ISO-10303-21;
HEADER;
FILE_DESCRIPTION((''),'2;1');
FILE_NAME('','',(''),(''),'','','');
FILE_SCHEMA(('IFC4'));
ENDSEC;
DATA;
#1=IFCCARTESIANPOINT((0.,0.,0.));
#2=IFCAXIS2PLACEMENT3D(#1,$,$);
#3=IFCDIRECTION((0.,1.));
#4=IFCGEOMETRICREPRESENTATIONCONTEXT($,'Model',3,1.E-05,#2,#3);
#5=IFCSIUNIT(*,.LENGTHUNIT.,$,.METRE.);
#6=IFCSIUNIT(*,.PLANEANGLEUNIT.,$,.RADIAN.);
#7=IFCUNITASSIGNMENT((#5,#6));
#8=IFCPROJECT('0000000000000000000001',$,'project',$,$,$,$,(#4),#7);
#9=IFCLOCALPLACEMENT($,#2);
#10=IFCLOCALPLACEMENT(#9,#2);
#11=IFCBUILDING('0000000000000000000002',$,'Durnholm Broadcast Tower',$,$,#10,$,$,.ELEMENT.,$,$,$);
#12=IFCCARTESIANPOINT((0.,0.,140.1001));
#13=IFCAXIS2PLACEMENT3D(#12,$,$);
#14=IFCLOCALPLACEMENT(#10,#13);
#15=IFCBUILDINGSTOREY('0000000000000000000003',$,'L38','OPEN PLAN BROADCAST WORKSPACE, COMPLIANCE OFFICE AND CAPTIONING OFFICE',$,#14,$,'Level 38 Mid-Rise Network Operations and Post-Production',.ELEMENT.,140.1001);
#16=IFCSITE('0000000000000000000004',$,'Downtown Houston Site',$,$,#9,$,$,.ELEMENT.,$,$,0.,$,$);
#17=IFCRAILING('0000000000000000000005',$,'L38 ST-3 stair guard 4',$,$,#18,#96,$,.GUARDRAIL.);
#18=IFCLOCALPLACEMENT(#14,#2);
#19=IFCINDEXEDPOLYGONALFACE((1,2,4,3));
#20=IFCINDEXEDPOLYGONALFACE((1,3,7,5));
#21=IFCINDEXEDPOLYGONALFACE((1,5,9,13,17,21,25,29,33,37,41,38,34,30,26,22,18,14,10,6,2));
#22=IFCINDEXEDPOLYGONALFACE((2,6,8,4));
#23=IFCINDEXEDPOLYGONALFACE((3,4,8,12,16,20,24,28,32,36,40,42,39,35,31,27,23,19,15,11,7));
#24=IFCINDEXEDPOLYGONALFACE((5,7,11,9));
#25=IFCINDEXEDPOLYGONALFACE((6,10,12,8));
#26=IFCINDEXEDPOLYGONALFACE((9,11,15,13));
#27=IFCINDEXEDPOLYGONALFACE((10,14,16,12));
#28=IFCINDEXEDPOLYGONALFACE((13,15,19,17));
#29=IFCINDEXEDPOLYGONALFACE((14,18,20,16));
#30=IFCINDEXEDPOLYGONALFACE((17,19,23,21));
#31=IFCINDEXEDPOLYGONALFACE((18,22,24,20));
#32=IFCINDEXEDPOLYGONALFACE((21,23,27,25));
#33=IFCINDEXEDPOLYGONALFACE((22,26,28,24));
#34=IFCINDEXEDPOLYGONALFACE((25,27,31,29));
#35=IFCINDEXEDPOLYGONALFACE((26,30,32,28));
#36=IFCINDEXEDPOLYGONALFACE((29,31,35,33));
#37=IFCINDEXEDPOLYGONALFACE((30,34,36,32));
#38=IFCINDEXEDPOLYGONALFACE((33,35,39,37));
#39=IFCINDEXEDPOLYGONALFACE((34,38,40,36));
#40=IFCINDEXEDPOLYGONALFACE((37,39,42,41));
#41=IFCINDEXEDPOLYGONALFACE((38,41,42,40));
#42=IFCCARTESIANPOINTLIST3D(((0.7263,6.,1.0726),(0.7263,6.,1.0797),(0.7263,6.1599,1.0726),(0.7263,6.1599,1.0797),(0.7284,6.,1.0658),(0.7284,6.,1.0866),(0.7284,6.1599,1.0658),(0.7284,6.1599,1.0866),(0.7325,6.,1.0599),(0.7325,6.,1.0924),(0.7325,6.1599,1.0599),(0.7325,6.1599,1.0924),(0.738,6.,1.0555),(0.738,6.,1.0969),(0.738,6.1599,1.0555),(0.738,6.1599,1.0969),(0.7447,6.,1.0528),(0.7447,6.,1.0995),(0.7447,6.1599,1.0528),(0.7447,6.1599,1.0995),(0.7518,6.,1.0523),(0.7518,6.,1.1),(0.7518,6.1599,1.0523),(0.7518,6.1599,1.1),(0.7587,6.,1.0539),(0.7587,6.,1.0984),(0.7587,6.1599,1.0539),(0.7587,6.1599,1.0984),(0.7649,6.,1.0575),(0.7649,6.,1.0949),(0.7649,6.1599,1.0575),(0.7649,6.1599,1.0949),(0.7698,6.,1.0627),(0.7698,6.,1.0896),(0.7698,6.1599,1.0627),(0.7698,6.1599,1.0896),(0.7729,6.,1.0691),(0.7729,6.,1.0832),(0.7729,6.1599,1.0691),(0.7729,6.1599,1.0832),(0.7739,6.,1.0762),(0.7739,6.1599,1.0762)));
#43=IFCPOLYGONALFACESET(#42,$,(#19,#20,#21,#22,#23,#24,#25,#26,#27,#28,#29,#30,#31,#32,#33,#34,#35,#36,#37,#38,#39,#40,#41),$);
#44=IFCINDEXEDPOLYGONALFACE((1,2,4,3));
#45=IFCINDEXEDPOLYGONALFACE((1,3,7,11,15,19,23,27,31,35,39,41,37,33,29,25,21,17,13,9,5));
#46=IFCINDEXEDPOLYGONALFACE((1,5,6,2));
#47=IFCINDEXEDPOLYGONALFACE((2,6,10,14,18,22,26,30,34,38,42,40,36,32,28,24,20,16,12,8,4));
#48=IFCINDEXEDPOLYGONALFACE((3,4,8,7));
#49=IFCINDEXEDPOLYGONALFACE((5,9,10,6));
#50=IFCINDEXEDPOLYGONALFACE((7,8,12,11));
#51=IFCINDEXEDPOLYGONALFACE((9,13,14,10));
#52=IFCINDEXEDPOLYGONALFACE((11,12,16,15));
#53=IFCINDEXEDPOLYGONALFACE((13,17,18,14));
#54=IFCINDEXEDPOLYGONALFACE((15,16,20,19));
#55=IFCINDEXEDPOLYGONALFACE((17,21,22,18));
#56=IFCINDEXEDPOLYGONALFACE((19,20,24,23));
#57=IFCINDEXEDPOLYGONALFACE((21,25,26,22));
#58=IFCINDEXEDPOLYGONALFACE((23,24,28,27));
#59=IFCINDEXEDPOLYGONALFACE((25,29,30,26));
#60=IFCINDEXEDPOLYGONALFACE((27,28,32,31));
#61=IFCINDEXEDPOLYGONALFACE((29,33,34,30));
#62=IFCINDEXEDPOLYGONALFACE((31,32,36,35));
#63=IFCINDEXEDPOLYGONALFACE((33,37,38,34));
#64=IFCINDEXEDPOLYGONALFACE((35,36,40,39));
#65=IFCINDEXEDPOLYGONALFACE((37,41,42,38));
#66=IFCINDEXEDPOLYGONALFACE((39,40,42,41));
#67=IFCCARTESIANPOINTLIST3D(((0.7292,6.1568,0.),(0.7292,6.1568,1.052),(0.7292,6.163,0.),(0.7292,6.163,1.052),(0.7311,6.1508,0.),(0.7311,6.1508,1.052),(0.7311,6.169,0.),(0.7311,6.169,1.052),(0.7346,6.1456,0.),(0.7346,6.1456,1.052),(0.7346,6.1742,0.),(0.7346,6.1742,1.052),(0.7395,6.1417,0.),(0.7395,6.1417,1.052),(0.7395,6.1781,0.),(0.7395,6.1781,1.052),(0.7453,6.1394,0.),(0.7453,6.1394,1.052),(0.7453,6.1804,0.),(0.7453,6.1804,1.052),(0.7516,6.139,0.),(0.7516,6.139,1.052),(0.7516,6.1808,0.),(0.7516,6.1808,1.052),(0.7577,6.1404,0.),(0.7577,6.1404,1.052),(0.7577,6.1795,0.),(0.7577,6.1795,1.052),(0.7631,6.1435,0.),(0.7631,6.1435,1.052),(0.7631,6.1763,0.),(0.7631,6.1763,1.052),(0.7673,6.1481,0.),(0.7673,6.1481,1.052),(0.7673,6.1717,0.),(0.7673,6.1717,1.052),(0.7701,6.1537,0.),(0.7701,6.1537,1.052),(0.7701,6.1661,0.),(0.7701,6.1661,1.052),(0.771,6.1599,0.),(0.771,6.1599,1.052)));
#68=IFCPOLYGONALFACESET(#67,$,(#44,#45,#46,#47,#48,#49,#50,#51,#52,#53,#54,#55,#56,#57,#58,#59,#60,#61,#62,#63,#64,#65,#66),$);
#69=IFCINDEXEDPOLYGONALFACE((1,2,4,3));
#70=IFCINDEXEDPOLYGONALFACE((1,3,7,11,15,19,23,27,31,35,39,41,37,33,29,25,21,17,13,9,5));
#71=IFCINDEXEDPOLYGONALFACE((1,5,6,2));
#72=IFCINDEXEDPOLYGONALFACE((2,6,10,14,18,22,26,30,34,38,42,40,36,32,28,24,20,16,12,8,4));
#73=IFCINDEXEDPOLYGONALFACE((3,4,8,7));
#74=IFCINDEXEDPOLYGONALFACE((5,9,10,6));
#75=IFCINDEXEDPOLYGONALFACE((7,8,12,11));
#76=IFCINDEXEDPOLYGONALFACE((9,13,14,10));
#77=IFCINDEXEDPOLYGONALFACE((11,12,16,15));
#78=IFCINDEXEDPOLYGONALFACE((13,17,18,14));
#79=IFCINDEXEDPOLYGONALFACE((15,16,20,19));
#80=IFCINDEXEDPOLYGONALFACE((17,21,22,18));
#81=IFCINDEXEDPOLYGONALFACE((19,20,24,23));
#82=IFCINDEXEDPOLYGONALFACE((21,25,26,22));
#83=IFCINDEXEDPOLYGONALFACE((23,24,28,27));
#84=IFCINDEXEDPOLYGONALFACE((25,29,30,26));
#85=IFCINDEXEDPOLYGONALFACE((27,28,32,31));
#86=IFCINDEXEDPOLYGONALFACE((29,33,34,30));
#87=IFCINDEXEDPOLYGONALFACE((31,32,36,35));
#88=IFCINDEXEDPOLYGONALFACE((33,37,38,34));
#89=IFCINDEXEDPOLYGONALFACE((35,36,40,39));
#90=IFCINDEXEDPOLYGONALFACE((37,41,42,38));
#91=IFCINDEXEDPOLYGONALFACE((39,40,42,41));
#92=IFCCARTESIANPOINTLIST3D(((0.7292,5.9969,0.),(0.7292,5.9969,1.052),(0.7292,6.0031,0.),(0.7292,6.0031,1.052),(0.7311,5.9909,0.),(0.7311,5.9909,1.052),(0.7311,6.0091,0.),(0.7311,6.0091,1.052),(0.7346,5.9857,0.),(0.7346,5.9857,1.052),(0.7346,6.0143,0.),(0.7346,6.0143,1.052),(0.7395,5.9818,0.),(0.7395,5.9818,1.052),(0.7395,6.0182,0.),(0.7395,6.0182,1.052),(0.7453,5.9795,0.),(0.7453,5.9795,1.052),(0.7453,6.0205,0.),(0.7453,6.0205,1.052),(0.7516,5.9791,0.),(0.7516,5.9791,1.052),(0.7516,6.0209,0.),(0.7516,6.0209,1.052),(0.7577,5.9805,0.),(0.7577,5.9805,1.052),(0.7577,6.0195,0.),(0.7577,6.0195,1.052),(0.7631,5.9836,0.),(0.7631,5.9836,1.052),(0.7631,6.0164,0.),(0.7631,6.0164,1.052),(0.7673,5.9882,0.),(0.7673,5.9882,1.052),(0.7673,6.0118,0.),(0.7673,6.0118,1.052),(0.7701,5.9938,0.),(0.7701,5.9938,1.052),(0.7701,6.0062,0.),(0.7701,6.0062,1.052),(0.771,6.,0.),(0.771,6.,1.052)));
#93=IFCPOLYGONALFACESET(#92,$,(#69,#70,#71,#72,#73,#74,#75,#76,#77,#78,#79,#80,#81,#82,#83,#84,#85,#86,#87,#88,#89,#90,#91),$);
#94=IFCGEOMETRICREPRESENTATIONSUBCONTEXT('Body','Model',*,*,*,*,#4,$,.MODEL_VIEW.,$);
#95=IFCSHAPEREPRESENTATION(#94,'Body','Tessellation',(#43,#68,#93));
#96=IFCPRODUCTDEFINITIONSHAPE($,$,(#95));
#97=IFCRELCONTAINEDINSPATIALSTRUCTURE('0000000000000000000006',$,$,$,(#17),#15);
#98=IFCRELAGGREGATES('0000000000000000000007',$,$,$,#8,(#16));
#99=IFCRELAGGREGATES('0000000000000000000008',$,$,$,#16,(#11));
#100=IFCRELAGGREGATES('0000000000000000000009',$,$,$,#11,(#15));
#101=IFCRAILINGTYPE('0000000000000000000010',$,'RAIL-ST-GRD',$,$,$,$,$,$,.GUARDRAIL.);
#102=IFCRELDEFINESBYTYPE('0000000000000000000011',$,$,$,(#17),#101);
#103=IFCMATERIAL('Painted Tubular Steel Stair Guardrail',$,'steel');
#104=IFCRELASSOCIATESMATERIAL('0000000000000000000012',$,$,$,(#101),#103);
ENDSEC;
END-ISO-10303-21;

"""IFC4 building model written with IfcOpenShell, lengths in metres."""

from ifc_helpers import new_model, si_unit, direction, frame, origin, origin_2d, place, context, subcontext, project, spatial, circle, extrude, material, type_object, element, save


model = new_model("IFC4")

# Units and contexts
model_context = context("Model", 3, precision=1e-05, world=origin(), true_north=direction((0.0, 1.0)))
body_context = subcontext(model_context, "Body", "Model", "MODEL_VIEW")
ifc_project = project(units=[si_unit("LENGTHUNIT", "METRE"), si_unit("PLANEANGLEUNIT", "RADIAN")], contexts=[model_context])

# Site, building, storey
site_placement = place(None, origin())
site = spatial("IfcSite", under=ifc_project, at=site_placement, Name="Downtown Houston Site", CompositionType="ELEMENT", RefElevation=0.0)
building_placement = place(site_placement, origin())
building = spatial("IfcBuilding", under=site, at=building_placement, Name="Durnholm Broadcast Tower", CompositionType="ELEMENT")
storey_placement = place(building_placement, frame((0.0, 0.0, 140.1001)))
storey = spatial("IfcBuildingStorey", under=building, at=storey_placement, Name="L38", Description="OPEN PLAN BROADCAST WORKSPACE, COMPLIANCE OFFICE AND CAPTIONING OFFICE", LongName="Level 38 Mid-Rise Network Operations and Post-Production", CompositionType="ELEMENT", Elevation=140.1001)

# Railing
ifc_material_1 = material(Name="Painted Tubular Steel Stair Guardrail", Category="steel")
railing_type_1 = type_object("IfcRailingType", Name="RAIL-ST-GRD", PredefinedType="GUARDRAIL", material=ifc_material_1)
railing_1_placement = place(storey_placement, frame((0.75, 6.1599, 0.0)))
element("IfcRailing", 1, at=railing_1_placement, inside=storey, type_object=railing_type_1, Name="L38 ST-3 stair guard 4", PredefinedType="GUARDRAIL", context=body_context, shape_type="SweptSolid", body=[
    extrude(circle(Radius=0.0239, at=origin_2d()), frame((0.0, 0.0, 1.0762), z_axis=(0.0, -1.0, 0.0), x_axis=(1.0, 0.0, 0.0)), (0.0, 0.0, 1.0), 0.1599),
    extrude(circle(Radius=0.021, at=origin_2d()), origin(), (0.0, 0.0, 1.0), 1.052),
    extrude(circle(Radius=0.021, at=origin_2d()), frame((0.0, -0.1599, 0.0)), (0.0, 0.0, 1.0), 1.052),
])

save(model, "model.ifc")
